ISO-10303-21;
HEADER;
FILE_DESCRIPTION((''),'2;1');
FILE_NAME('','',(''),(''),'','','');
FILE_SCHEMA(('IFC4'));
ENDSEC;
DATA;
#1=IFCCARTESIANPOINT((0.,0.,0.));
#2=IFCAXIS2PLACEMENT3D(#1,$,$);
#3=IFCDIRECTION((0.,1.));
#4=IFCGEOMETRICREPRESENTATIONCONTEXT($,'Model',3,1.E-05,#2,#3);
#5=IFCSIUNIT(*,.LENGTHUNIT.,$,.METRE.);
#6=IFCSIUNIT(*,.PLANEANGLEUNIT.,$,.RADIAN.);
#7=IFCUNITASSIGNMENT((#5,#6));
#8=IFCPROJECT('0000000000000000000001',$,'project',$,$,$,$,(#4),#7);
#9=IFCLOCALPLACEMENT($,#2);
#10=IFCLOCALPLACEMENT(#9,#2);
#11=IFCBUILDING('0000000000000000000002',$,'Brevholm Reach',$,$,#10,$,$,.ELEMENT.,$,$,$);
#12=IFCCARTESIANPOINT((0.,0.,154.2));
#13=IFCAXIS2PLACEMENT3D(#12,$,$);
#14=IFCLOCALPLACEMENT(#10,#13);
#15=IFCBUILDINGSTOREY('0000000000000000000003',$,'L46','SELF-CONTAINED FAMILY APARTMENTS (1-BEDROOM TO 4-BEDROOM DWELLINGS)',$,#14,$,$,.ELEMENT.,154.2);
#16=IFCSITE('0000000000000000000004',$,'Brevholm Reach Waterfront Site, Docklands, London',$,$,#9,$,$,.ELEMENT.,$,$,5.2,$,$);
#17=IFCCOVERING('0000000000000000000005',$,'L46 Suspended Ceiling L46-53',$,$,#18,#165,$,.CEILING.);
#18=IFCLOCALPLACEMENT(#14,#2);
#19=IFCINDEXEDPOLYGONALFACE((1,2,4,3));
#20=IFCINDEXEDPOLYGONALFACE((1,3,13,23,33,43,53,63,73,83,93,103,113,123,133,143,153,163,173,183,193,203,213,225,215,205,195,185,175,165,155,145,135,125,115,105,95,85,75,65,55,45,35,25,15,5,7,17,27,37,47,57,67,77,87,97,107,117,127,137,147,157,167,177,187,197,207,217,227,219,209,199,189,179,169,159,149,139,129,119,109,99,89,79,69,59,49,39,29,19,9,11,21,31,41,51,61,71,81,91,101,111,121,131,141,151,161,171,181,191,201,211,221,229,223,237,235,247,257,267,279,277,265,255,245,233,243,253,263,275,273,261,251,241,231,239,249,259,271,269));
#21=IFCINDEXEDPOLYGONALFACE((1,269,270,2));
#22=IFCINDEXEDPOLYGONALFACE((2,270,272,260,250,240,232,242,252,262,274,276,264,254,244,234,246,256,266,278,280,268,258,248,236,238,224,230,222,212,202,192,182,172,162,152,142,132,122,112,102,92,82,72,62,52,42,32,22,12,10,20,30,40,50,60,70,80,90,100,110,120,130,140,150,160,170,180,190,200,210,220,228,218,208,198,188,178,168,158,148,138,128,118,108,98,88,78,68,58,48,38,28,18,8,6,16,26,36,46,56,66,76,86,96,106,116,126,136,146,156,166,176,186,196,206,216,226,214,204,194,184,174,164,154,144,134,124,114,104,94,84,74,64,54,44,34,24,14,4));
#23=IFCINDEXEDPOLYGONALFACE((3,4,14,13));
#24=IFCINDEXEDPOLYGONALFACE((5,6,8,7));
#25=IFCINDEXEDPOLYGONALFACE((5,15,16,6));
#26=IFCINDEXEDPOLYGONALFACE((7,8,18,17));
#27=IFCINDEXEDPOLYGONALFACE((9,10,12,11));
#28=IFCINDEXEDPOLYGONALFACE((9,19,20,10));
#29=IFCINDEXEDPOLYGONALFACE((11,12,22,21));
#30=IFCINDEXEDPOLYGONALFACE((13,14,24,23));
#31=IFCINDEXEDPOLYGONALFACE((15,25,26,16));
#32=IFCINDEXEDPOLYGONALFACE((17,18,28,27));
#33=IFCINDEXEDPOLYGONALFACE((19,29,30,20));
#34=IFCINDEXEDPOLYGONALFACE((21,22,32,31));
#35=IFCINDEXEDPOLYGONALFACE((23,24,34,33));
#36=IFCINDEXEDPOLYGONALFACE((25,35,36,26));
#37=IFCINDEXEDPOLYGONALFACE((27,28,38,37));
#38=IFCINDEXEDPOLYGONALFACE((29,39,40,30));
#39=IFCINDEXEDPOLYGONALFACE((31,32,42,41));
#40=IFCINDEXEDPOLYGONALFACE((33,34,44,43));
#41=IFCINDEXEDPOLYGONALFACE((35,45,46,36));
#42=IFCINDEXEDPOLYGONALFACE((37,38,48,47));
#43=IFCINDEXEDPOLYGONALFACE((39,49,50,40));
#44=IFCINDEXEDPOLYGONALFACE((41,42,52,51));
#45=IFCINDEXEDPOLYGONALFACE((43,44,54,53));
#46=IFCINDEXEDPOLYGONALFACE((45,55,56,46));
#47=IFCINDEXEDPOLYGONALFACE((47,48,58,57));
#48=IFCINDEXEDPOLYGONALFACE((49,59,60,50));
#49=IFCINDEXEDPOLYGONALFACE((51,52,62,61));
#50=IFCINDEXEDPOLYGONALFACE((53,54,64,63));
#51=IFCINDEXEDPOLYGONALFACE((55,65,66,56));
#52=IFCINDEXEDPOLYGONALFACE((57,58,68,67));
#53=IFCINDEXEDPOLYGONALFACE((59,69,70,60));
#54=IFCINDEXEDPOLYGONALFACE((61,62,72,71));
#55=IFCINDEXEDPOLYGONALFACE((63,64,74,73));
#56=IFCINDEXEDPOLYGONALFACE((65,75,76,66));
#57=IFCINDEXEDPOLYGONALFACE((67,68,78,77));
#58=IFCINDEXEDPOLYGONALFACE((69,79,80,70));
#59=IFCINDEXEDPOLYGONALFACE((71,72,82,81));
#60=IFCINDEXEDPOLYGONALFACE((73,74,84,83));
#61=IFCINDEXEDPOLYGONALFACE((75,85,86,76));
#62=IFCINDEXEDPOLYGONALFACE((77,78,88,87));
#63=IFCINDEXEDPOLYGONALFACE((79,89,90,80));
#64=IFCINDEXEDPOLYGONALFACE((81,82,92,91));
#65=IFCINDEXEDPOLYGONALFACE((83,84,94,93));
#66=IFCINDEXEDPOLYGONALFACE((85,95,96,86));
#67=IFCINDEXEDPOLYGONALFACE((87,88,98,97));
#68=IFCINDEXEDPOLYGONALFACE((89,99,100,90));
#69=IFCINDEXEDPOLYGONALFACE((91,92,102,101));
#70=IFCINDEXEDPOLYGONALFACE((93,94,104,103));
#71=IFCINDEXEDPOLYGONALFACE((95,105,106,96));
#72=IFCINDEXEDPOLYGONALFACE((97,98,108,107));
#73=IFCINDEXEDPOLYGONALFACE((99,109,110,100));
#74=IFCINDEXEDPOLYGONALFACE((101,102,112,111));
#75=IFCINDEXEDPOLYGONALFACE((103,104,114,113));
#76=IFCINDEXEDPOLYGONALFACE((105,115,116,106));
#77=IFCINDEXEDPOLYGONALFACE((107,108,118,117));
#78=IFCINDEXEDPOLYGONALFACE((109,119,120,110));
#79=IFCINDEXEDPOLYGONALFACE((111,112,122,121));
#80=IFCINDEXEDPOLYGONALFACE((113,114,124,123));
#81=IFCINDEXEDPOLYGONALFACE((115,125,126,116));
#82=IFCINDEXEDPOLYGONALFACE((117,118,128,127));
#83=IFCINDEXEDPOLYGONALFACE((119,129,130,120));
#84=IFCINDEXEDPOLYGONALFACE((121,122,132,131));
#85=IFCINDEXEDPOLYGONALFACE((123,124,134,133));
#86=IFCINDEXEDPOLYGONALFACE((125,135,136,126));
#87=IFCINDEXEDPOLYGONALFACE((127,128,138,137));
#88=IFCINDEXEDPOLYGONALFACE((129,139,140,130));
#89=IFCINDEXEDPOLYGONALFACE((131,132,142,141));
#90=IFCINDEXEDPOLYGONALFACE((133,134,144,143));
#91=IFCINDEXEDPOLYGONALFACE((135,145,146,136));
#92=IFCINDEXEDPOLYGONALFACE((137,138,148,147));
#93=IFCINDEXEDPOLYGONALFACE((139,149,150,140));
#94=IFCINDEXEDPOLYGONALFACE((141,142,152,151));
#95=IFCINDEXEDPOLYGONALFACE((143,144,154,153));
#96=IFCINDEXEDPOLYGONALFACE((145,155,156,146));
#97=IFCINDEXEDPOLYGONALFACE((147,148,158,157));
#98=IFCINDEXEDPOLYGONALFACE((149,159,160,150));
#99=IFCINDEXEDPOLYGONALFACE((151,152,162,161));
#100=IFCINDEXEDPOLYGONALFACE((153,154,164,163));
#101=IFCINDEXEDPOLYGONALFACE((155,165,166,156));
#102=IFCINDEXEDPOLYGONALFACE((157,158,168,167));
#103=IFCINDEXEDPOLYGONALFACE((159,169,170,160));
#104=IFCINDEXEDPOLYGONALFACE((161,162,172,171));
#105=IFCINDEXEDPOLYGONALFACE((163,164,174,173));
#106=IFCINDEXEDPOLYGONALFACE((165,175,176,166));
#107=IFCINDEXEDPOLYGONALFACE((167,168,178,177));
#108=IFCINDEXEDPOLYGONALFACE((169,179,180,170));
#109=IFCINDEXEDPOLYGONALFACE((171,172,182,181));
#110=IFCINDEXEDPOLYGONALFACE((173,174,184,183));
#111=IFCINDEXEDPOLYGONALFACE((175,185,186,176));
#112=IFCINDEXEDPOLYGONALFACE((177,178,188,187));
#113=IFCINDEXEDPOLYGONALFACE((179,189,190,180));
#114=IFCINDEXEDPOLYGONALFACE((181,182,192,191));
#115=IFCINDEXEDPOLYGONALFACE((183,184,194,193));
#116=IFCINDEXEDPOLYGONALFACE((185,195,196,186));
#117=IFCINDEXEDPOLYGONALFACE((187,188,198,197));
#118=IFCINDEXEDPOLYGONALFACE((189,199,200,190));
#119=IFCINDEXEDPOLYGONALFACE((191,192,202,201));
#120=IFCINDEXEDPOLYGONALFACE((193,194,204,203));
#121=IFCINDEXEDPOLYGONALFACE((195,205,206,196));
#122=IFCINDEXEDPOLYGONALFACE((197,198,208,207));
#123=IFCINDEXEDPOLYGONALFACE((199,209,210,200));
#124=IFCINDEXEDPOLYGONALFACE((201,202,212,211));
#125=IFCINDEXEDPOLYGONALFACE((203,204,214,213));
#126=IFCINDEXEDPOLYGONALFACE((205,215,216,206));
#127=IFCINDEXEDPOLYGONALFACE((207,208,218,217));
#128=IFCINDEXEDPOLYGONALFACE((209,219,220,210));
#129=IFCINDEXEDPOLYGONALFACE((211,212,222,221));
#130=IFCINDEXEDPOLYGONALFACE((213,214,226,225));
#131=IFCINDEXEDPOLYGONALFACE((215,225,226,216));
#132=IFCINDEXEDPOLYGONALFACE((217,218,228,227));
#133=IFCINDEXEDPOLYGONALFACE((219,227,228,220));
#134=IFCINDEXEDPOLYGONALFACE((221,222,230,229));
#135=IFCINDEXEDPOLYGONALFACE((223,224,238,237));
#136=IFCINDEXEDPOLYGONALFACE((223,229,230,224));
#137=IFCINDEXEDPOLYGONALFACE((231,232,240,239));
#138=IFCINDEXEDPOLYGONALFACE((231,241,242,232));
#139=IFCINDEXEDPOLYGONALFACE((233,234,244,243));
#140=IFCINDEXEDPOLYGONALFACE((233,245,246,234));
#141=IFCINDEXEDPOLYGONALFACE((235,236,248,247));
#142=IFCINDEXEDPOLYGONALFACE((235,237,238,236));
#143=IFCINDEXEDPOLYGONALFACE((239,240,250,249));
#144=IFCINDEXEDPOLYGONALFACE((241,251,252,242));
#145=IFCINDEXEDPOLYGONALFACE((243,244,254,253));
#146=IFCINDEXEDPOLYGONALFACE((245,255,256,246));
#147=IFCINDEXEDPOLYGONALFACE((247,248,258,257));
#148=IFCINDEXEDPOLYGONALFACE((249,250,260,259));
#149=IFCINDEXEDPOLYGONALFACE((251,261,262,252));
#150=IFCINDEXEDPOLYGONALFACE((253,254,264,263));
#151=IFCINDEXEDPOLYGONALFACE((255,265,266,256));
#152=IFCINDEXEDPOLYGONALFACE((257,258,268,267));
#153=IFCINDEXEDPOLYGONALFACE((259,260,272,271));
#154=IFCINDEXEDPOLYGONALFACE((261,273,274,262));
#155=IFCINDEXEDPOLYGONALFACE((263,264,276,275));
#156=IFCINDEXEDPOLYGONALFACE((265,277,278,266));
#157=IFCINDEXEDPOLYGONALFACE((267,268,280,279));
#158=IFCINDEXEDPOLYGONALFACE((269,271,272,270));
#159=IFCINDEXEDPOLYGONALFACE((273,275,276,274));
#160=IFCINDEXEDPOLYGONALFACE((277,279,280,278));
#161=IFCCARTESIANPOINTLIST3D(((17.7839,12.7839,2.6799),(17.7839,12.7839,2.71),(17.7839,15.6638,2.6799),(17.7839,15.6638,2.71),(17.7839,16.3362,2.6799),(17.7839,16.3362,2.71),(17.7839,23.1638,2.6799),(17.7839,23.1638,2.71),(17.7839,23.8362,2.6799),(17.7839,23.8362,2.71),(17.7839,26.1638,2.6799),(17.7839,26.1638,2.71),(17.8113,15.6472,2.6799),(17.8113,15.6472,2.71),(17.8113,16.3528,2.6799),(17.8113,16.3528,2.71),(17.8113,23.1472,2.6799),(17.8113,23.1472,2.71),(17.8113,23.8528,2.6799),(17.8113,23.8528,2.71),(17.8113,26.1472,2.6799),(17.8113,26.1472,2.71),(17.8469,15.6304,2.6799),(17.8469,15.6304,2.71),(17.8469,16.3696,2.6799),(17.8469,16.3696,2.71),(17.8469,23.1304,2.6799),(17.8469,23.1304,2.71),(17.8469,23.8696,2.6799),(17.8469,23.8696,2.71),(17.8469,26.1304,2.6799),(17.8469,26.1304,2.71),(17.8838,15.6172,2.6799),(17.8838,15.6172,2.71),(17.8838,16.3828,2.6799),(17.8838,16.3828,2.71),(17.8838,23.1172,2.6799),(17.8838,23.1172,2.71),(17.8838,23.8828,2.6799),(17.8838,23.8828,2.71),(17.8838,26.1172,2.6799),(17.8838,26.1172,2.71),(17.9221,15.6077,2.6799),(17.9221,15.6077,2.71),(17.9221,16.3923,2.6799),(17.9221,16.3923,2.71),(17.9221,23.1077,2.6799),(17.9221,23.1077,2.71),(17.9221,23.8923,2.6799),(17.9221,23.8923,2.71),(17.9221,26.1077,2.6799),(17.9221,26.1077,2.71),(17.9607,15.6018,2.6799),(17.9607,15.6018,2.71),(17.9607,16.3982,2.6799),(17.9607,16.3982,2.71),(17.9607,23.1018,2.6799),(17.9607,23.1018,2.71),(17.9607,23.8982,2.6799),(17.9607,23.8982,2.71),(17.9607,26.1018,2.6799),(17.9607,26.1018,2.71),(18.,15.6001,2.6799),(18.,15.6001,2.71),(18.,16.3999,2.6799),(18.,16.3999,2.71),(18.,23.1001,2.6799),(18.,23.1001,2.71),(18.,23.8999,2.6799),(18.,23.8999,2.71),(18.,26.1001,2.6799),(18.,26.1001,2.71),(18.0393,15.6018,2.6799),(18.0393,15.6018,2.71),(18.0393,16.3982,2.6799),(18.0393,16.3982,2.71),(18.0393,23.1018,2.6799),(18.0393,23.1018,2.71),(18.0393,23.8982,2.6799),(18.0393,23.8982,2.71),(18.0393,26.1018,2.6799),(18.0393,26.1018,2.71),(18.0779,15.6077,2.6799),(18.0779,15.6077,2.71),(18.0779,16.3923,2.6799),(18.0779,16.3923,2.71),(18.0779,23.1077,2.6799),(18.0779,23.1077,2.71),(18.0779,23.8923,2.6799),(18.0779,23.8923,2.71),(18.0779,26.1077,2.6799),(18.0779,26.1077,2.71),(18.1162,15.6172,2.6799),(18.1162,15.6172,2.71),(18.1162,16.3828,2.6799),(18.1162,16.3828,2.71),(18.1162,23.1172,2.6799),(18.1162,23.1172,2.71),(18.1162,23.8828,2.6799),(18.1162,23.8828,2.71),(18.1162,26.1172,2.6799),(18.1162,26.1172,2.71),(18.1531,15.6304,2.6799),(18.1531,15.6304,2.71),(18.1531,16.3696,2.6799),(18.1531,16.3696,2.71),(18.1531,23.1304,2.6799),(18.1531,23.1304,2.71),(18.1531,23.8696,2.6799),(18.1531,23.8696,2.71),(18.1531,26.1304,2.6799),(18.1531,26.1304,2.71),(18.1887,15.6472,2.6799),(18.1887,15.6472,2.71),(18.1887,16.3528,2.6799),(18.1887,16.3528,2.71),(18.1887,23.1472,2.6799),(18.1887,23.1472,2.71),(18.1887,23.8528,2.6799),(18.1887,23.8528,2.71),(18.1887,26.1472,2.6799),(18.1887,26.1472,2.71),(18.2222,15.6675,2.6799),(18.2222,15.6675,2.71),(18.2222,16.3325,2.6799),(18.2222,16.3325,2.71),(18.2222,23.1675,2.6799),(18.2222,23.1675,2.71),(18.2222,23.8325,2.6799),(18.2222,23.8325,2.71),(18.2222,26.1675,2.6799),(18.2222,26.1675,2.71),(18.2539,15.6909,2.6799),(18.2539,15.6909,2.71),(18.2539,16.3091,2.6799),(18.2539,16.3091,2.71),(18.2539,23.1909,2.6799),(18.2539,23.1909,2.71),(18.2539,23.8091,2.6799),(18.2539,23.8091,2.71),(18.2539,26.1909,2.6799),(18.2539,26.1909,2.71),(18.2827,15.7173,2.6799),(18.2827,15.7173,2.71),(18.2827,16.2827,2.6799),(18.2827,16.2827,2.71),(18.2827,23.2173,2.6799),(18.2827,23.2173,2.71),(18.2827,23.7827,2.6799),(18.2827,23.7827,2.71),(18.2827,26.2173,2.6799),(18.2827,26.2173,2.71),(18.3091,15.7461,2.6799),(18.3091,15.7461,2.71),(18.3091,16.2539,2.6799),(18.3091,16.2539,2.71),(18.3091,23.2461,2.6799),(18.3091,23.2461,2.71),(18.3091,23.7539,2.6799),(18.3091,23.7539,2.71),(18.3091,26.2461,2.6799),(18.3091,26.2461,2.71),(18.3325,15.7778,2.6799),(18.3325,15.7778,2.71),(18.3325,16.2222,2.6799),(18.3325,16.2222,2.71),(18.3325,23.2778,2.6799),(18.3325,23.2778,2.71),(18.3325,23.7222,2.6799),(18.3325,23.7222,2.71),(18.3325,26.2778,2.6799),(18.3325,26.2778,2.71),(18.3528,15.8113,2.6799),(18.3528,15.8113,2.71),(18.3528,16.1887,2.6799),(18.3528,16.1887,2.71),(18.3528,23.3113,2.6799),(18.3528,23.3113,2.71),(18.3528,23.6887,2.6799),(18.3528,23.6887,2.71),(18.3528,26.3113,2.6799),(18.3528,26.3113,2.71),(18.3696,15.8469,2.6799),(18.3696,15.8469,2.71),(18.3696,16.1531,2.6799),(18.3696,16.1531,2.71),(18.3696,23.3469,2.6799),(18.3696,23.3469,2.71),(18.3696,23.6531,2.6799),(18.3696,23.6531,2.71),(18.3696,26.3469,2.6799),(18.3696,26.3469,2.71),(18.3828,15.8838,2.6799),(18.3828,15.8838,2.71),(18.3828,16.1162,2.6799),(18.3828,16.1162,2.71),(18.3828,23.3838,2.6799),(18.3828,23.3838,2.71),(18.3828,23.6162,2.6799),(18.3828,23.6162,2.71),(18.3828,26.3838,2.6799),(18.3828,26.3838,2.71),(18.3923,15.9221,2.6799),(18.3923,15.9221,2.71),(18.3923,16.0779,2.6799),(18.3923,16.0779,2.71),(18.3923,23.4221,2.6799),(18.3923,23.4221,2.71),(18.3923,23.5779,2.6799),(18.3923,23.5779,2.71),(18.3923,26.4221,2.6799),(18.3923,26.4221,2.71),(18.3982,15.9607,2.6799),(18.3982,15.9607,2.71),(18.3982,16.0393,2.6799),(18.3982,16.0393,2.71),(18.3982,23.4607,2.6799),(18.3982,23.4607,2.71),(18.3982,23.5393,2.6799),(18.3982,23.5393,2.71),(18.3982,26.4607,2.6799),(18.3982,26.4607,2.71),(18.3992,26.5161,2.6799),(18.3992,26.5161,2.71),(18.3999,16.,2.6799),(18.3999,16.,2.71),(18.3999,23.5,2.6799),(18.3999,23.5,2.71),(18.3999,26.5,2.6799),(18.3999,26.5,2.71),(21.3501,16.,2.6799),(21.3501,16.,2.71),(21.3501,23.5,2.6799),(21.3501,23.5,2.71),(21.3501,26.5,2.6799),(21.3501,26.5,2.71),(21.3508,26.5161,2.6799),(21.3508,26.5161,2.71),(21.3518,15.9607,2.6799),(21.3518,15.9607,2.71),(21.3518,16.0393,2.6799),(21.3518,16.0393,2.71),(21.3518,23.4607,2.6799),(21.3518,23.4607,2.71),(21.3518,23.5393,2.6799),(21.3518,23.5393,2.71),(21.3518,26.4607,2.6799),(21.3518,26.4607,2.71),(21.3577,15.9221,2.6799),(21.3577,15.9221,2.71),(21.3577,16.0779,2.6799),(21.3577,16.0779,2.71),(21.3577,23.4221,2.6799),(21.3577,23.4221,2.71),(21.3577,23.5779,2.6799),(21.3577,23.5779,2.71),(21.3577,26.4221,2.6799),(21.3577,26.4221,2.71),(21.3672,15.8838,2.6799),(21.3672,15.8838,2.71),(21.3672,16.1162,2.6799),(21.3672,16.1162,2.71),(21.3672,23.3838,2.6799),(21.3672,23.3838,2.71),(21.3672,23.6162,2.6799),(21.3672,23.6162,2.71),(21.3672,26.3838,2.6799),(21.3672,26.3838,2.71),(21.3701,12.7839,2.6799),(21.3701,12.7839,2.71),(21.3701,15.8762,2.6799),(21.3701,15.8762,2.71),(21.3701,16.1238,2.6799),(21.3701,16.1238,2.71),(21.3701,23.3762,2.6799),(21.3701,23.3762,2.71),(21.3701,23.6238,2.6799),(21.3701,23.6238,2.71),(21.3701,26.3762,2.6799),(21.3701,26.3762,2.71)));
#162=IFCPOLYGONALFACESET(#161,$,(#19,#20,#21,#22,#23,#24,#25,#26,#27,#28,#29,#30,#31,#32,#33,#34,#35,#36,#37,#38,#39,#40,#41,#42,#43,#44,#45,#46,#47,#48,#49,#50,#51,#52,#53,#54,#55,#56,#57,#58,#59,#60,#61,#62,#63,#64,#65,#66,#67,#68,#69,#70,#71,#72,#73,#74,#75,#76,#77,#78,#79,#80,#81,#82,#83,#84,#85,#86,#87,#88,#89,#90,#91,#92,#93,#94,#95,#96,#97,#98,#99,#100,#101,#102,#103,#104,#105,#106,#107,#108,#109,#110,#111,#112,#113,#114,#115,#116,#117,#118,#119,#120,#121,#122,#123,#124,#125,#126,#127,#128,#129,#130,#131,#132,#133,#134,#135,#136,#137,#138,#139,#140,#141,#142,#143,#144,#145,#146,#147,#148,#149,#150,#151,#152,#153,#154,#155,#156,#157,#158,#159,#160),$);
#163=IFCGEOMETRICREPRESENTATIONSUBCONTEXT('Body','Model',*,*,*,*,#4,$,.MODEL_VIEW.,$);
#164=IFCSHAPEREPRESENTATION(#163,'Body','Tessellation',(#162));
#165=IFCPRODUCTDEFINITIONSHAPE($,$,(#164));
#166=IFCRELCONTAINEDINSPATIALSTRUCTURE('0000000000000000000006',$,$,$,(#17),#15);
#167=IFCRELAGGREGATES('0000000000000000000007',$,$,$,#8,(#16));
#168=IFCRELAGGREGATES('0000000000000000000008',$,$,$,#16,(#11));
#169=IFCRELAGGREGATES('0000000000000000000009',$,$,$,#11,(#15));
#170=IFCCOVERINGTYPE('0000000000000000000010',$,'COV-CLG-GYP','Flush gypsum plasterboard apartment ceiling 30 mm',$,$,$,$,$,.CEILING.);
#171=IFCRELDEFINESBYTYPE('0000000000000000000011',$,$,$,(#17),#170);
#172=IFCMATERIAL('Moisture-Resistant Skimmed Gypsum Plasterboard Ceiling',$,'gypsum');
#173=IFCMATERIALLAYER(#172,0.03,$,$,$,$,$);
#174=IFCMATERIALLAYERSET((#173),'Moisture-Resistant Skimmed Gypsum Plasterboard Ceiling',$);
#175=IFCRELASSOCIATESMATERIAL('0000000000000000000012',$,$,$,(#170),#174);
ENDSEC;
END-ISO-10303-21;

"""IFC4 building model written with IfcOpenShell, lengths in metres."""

from ifc_helpers import new_model, si_unit, direction, frame, origin, place, context, subcontext, project, spatial, polyline, outline, extrude, material, layer, layer_set, type_object, element, save


model = new_model("IFC4")

# Units and contexts
model_context = context("Model", 3, precision=1e-05, world=origin(), true_north=direction((0.0, 1.0)))
body_context = subcontext(model_context, "Body", "Model", "MODEL_VIEW")
ifc_project = project(units=[si_unit("LENGTHUNIT", "METRE"), si_unit("PLANEANGLEUNIT", "RADIAN")], contexts=[model_context])

# Site, building, storey
site_placement = place(None, origin())
site = spatial("IfcSite", under=ifc_project, at=site_placement, Name="Brevholm Reach Waterfront Site, Docklands, London", CompositionType="ELEMENT", RefElevation=5.2)
building_placement = place(site_placement, origin())
building = spatial("IfcBuilding", under=site, at=building_placement, Name="Brevholm Reach", CompositionType="ELEMENT")
storey_placement = place(building_placement, frame((0.0, 0.0, 154.2)))
storey = spatial("IfcBuildingStorey", under=building, at=storey_placement, Name="L46", Description="SELF-CONTAINED FAMILY APARTMENTS (1-BEDROOM TO 4-BEDROOM DWELLINGS)", CompositionType="ELEMENT", Elevation=154.2)

# Covering
ifc_material_1 = material(Name="Moisture-Resistant Skimmed Gypsum Plasterboard Ceiling", Category="gypsum")
ifc_layer_1 = layer(ifc_material_1, 0.03)
ifc_layer_set_1 = layer_set([ifc_layer_1], Name="Moisture-Resistant Skimmed Gypsum Plasterboard Ceiling")
covering_type_1 = type_object("IfcCoveringType", Name="COV-CLG-GYP", Description="Flush gypsum plasterboard apartment ceiling 30 mm", PredefinedType="CEILING", material=ifc_layer_set_1)
covering_1_placement = place(storey_placement, frame((0.0, 0.0, 2.6799)))
element("IfcCovering", 1, at=covering_1_placement, inside=storey, type_object=covering_type_1, Name="L46 Suspended Ceiling L46-53", PredefinedType="CEILING", context=body_context, shape_type="SweptSolid", body=[
    extrude(outline(polyline([(21.3701, 23.6238), (21.3672, 23.6162), (21.3577, 23.5779), (21.3518, 23.5393), (21.3501, 23.5), (21.3518, 23.4607), (21.3577, 23.4221), (21.3672, 23.3838), (21.3701, 23.3762), (21.3701, 16.1238), (21.3672, 16.1162), (21.3577, 16.0779), (21.3518, 16.0393), (21.3501, 16.0), (21.3518, 15.9607), (21.3577, 15.9221), (21.3672, 15.8838), (21.3701, 15.8762), (21.3701, 12.7839), (17.7839, 12.7839), (17.7839, 15.6638), (17.8113, 15.6472), (17.8469, 15.6304), (17.8838, 15.6172), (17.9221, 15.6077), (17.9607, 15.6018), (18.0, 15.6001), (18.0393, 15.6018), (18.0779, 15.6077), (18.1162, 15.6172), (18.1531, 15.6304), (18.1887, 15.6472), (18.2222, 15.6675), (18.2539, 15.6909), (18.2827, 15.7173), (18.3091, 15.7461), (18.3325, 15.7778), (18.3528, 15.8113), (18.3696, 15.8469), (18.3828, 15.8838), (18.3923, 15.9221), (18.3982, 15.9607), (18.3999, 16.0), (18.3982, 16.0393), (18.3923, 16.0779), (18.3828, 16.1162), (18.3696, 16.1531), (18.3528, 16.1887), (18.3325, 16.2222), (18.3091, 16.2539), (18.2827, 16.2827), (18.2539, 16.3091), (18.2222, 16.3325), (18.1887, 16.3528), (18.1531, 16.3696), (18.1162, 16.3828), (18.0779, 16.3923), (18.0393, 16.3982), (18.0, 16.3999), (17.9607, 16.3982), (17.9221, 16.3923), (17.8838, 16.3828), (17.8469, 16.3696), (17.8113, 16.3528), (17.7839, 16.3362), (17.7839, 23.1638), (17.8113, 23.1472), (17.8469, 23.1304), (17.8838, 23.1172), (17.9221, 23.1077), (17.9607, 23.1018), (18.0, 23.1001), (18.0393, 23.1018), (18.0779, 23.1077), (18.1162, 23.1172), (18.1531, 23.1304), (18.1887, 23.1472), (18.2222, 23.1675), (18.2539, 23.1909), (18.2827, 23.2173), (18.3091, 23.2461), (18.3325, 23.2778), (18.3528, 23.3113), (18.3696, 23.3469), (18.3828, 23.3838), (18.3923, 23.4221), (18.3982, 23.4607), (18.3999, 23.5), (18.3982, 23.5393), (18.3923, 23.5779), (18.3828, 23.6162), (18.3696, 23.6531), (18.3528, 23.6887), (18.3325, 23.7222), (18.3091, 23.7539), (18.2827, 23.7827), (18.2539, 23.8091), (18.2222, 23.8325), (18.1887, 23.8528), (18.1531, 23.8696), (18.1162, 23.8828), (18.0779, 23.8923), (18.0393, 23.8982), (18.0, 23.8999), (17.9607, 23.8982), (17.9221, 23.8923), (17.8838, 23.8828), (17.8469, 23.8696), (17.8113, 23.8528), (17.7839, 23.8362), (17.7839, 26.1638), (17.8113, 26.1472), (17.8469, 26.1304), (17.8838, 26.1172), (17.9221, 26.1077), (17.9607, 26.1018), (18.0, 26.1001), (18.0393, 26.1018), (18.0779, 26.1077), (18.1162, 26.1172), (18.1531, 26.1304), (18.1887, 26.1472), (18.2222, 26.1675), (18.2539, 26.1909), (18.2827, 26.2173), (18.3091, 26.2461), (18.3325, 26.2778), (18.3528, 26.3113), (18.3696, 26.3469), (18.3828, 26.3838), (18.3923, 26.4221), (18.3982, 26.4607), (18.3999, 26.5), (18.3992, 26.5161), (21.3508, 26.5161), (21.3501, 26.5), (21.3518, 26.4607), (21.3577, 26.4221), (21.3672, 26.3838), (21.3701, 26.3762), (21.3701, 23.6238)])), origin(), (0.0, 0.0, 1.0), 0.03),
])

save(model, "model.ifc")
